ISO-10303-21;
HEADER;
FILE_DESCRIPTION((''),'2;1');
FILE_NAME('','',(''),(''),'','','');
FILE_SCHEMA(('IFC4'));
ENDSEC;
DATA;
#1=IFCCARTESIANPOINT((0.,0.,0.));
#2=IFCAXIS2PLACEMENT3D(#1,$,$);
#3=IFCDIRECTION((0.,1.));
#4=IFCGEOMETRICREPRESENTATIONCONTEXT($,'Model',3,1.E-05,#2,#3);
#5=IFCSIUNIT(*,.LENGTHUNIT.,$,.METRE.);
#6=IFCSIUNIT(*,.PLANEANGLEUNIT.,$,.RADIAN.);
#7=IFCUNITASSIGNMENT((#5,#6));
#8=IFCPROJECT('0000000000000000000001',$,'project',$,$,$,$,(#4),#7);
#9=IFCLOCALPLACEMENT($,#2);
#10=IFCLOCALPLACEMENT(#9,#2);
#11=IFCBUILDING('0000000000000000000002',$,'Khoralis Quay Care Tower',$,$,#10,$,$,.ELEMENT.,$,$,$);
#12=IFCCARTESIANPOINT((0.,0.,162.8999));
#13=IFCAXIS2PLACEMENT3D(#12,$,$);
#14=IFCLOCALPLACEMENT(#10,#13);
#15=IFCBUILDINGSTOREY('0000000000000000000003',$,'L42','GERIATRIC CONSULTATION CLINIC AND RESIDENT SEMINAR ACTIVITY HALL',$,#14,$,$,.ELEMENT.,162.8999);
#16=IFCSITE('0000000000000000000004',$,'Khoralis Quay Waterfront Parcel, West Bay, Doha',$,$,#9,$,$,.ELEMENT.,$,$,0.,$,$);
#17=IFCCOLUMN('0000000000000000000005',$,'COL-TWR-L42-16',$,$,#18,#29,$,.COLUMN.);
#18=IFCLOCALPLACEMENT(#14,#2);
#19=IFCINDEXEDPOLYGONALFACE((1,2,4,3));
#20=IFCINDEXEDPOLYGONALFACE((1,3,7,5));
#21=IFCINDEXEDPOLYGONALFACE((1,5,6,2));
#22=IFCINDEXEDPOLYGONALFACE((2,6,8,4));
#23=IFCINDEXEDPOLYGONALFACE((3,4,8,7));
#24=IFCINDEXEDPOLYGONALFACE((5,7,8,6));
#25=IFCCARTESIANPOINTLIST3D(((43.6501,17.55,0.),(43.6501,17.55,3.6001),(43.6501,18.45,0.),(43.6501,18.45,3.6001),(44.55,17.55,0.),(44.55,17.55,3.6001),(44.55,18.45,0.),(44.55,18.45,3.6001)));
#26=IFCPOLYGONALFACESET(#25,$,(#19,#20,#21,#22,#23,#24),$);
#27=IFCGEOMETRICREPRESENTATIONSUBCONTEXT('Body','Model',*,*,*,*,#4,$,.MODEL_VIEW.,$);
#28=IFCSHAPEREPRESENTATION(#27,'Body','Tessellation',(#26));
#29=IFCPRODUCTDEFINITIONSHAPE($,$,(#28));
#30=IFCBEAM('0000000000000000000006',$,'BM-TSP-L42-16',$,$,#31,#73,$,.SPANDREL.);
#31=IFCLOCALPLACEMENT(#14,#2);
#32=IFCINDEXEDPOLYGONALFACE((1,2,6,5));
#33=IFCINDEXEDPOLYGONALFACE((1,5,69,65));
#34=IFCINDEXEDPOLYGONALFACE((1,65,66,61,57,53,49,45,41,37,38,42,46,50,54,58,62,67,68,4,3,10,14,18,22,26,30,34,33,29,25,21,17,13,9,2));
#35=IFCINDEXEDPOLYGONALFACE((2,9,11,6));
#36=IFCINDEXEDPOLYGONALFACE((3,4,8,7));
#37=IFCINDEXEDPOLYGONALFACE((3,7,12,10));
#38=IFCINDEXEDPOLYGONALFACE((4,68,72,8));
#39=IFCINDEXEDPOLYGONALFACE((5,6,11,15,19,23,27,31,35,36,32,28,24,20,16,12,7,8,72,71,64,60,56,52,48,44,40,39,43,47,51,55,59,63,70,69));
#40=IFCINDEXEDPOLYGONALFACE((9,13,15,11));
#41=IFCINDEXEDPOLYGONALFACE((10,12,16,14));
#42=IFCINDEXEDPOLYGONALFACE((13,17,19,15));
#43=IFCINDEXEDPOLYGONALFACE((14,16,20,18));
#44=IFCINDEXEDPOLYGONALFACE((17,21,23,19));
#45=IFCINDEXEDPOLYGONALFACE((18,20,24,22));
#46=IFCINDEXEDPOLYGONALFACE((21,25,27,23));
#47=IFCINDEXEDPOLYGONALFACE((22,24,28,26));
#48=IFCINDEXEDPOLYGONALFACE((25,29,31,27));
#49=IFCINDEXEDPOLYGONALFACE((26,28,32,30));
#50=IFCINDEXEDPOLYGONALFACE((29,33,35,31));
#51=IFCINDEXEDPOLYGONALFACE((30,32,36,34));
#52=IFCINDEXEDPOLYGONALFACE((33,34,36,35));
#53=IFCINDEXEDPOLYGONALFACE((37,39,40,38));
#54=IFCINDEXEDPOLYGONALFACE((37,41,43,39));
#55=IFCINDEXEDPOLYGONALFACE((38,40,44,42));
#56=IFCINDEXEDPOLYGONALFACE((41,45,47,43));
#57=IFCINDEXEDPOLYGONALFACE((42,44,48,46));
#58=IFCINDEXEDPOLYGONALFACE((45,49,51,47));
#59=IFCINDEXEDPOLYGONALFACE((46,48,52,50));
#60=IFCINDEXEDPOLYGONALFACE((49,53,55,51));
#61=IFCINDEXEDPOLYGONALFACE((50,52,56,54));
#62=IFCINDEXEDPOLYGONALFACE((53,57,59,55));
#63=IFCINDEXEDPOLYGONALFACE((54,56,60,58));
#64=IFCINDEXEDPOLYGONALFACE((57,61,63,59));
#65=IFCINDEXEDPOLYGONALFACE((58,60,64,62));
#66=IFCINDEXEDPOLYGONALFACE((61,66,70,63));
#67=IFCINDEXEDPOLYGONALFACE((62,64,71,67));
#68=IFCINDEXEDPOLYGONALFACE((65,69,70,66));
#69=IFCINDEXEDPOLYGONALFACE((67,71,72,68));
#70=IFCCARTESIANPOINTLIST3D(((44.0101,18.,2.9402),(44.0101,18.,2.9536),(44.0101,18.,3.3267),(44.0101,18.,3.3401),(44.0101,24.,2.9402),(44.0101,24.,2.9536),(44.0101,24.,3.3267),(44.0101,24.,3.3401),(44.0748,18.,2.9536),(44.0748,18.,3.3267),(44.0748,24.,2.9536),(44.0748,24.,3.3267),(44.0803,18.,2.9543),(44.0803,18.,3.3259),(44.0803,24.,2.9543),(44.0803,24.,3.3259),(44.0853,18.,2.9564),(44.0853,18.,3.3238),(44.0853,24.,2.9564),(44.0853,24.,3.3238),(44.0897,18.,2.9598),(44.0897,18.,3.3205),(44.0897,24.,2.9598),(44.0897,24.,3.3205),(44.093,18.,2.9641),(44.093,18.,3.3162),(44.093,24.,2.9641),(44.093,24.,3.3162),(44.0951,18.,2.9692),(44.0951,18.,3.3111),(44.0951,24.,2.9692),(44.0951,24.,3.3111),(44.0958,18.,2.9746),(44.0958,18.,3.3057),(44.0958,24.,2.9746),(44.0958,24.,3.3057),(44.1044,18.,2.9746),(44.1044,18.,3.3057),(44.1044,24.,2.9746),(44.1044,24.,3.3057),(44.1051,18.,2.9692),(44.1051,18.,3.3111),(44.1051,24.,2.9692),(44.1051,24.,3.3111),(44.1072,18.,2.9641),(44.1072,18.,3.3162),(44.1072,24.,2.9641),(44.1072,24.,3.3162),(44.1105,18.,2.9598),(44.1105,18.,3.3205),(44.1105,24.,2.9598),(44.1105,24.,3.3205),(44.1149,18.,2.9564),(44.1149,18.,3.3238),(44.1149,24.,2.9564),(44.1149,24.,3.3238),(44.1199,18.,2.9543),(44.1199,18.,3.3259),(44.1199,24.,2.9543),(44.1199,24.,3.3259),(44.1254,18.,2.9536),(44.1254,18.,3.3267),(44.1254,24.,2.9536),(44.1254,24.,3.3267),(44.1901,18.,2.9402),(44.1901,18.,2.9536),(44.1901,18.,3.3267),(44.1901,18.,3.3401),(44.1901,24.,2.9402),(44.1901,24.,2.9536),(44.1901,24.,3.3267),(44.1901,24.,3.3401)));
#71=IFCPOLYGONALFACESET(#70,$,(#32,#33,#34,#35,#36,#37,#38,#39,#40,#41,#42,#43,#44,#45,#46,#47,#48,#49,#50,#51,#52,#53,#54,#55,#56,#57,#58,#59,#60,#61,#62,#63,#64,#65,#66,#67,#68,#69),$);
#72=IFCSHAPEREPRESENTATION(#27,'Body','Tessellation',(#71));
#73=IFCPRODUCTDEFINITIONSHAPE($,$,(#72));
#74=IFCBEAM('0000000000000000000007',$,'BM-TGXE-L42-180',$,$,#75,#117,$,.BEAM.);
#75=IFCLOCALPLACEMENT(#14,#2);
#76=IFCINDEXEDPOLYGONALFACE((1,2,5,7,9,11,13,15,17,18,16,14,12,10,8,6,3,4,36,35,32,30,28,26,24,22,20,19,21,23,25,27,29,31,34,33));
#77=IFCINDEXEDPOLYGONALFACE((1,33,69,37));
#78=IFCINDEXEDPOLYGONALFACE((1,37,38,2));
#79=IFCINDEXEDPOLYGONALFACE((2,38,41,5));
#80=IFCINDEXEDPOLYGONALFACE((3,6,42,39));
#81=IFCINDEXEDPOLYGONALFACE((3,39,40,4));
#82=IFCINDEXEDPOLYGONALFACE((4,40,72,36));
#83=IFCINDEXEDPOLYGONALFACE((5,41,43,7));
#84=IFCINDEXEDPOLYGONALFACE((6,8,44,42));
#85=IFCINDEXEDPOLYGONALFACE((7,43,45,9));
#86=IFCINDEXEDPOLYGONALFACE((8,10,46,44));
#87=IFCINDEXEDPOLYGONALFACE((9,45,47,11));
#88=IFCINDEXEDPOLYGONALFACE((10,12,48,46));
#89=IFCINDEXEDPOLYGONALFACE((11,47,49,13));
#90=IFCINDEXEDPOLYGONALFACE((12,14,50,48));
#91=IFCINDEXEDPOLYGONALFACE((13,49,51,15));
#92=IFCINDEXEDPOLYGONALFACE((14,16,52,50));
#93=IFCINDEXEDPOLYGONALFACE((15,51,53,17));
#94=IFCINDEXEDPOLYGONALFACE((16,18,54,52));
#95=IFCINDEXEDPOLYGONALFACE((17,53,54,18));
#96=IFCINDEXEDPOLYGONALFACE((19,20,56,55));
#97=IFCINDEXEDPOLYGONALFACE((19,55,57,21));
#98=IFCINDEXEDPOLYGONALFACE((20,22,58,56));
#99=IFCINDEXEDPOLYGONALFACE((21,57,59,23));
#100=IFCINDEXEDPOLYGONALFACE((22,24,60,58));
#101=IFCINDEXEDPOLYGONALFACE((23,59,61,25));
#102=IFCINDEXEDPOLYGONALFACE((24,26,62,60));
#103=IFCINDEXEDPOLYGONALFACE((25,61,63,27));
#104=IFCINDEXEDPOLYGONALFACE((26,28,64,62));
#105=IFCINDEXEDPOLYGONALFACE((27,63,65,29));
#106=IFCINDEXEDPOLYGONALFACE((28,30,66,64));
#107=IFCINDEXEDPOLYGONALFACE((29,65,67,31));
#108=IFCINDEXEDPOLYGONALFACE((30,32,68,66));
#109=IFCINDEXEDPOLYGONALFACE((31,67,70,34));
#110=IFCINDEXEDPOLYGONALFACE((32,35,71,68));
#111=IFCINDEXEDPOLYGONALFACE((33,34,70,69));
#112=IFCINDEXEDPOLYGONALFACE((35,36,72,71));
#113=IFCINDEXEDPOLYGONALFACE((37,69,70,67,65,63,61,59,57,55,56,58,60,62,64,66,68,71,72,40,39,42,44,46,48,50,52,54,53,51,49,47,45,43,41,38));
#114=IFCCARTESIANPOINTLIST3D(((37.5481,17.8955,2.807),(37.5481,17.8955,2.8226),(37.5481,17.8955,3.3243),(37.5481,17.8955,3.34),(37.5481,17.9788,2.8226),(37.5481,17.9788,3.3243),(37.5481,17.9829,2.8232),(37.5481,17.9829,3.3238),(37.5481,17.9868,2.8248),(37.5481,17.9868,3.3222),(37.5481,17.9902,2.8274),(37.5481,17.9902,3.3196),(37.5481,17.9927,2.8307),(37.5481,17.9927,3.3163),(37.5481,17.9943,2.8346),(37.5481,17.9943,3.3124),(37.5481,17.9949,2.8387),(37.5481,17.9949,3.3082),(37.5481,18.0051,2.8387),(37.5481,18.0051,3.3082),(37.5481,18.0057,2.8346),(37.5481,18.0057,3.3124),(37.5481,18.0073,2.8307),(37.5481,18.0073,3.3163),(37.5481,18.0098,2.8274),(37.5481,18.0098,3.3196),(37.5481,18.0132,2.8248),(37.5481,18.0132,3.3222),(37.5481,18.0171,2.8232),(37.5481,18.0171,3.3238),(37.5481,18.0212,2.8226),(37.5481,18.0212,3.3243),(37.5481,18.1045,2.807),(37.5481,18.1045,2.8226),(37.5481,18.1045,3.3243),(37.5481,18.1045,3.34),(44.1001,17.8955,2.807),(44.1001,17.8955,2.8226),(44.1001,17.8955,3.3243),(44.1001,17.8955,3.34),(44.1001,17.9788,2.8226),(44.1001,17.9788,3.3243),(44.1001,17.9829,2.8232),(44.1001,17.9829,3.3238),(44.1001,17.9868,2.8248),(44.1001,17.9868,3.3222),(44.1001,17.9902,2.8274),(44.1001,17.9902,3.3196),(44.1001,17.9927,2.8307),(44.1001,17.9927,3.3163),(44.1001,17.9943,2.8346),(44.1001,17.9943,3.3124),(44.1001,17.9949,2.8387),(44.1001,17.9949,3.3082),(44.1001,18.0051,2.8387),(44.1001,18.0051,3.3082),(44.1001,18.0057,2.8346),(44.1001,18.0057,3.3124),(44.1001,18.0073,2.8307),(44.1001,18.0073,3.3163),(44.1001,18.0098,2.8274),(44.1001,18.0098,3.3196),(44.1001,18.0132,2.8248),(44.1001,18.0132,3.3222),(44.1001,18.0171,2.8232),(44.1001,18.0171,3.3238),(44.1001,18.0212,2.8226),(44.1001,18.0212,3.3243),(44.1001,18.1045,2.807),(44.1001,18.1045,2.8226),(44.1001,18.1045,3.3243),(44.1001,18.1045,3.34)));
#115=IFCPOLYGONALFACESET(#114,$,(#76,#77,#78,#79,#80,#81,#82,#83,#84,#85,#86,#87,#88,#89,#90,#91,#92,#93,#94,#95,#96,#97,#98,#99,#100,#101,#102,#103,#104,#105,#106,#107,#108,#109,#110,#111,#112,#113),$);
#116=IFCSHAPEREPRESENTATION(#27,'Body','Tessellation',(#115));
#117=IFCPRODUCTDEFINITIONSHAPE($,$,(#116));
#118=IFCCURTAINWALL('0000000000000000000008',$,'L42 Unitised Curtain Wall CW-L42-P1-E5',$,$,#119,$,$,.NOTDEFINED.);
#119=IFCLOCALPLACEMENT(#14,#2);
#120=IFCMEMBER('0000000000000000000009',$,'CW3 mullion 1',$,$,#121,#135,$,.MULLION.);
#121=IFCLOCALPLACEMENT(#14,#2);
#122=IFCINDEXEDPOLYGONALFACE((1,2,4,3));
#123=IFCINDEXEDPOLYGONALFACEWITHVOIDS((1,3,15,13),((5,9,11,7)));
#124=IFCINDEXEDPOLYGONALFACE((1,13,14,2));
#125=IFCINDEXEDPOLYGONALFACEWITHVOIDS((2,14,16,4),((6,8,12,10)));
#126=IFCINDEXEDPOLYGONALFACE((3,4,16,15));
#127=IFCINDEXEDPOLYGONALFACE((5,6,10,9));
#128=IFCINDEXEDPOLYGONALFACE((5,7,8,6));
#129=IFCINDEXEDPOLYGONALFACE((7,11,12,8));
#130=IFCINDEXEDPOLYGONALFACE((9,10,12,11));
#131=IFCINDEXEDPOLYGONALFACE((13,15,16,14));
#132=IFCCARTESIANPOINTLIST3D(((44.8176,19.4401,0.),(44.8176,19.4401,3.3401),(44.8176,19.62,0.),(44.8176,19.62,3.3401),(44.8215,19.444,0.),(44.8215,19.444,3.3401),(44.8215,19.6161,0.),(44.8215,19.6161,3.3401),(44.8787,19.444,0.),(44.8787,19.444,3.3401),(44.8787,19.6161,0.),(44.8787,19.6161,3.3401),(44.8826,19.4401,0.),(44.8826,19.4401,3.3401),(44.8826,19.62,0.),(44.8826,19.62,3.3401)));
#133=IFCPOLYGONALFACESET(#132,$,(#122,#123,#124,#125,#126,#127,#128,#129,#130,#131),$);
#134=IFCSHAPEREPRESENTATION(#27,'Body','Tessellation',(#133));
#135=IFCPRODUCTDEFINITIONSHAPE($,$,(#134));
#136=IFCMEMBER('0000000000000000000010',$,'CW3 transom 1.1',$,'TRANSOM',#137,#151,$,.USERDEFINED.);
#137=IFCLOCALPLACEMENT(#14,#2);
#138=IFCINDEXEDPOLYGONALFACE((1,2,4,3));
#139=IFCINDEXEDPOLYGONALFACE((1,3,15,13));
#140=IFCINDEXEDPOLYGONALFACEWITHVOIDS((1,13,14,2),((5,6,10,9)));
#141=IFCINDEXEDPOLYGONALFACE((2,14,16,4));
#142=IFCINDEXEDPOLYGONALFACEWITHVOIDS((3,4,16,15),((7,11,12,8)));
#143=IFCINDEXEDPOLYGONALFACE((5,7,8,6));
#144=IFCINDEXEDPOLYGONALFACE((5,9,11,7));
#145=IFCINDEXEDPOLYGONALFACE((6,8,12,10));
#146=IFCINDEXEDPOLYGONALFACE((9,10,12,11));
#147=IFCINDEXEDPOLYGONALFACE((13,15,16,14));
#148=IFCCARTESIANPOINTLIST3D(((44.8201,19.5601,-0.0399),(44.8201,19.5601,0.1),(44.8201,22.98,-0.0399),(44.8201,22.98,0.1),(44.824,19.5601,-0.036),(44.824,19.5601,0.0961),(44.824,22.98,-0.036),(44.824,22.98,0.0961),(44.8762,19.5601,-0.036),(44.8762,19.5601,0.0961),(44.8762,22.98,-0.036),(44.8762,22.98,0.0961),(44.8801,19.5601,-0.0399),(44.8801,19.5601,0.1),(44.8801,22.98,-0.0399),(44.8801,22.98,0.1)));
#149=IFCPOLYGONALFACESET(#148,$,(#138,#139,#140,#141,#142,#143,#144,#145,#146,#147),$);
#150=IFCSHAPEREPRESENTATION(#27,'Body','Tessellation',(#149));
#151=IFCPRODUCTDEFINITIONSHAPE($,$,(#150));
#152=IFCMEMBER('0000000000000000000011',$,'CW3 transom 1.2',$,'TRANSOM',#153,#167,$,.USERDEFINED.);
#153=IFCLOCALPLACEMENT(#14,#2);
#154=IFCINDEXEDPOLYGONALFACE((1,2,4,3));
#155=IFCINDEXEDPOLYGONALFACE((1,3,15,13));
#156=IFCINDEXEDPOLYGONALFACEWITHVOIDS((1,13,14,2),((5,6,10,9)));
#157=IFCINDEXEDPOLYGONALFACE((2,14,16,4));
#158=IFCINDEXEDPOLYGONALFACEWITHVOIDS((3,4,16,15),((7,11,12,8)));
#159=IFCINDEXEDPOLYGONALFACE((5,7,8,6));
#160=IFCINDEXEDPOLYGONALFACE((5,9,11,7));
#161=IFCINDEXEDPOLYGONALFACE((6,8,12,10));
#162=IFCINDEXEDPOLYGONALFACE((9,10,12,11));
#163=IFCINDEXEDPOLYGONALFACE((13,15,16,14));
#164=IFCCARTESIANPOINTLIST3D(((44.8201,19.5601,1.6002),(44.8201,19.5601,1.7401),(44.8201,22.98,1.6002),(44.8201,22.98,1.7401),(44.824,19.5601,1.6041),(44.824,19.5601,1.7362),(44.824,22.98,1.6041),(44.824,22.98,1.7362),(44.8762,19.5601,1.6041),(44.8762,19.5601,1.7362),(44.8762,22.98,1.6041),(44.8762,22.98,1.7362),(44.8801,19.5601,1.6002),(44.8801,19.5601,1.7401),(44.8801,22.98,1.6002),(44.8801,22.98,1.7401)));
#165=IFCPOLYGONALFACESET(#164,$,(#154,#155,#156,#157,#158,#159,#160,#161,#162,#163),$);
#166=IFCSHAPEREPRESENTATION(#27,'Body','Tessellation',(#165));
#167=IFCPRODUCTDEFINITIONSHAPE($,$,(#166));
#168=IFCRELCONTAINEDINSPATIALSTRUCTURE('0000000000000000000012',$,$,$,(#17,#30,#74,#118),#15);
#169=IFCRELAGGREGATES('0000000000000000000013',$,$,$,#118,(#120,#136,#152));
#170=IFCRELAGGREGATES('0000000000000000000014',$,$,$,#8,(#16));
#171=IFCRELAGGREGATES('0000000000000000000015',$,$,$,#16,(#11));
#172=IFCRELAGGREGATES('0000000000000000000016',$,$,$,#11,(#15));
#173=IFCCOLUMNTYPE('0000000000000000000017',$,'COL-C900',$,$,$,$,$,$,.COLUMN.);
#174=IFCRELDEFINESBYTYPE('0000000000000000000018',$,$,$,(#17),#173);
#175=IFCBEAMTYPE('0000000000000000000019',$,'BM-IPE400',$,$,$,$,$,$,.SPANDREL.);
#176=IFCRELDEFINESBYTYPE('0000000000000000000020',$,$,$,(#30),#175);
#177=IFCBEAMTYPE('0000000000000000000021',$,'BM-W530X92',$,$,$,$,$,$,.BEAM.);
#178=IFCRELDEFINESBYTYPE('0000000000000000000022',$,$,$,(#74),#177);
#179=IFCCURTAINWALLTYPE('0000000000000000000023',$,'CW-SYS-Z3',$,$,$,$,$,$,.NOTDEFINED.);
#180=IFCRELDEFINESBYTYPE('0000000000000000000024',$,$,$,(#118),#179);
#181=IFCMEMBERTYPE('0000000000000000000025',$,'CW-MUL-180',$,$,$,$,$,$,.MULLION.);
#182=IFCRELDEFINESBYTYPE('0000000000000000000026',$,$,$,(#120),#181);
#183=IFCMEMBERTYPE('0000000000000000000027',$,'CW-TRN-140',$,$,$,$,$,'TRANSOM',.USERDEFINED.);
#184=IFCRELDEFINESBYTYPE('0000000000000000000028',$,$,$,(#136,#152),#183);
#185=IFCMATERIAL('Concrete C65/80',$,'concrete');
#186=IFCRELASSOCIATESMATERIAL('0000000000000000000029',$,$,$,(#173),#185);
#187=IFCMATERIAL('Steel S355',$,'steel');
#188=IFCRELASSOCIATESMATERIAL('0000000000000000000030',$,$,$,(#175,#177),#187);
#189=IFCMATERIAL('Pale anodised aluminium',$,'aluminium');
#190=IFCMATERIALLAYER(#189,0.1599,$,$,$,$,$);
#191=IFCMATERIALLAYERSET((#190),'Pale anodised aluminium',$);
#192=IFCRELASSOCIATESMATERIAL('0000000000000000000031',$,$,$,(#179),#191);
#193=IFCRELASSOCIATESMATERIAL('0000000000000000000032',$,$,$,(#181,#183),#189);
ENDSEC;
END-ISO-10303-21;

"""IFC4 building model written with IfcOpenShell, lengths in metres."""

from ifc_helpers import new_model, si_unit, direction, frame, origin, origin_2d, place, context, subcontext, project, spatial, rectangle, hollow_rectangle, i_section, extrude, source, transform, mapped, material, layer, layer_set, material_profile, profile_set, type_object, element, aggregate, save


model = new_model("IFC4")

# Units and contexts
model_context = context("Model", 3, precision=1e-05, world=origin(), true_north=direction((0.0, 1.0)))
body_context = subcontext(model_context, "Body", "Model", "MODEL_VIEW")
ifc_project = project(units=[si_unit("LENGTHUNIT", "METRE"), si_unit("PLANEANGLEUNIT", "RADIAN")], contexts=[model_context])

# Site, building, storey
site_placement = place(None, origin())
site = spatial("IfcSite", under=ifc_project, at=site_placement, Name="Khoralis Quay Waterfront Parcel, West Bay, Doha", CompositionType="ELEMENT", RefElevation=0.0)
building_placement = place(site_placement, origin())
building = spatial("IfcBuilding", under=site, at=building_placement, Name="Khoralis Quay Care Tower", CompositionType="ELEMENT")
storey_placement = place(building_placement, frame((0.0, 0.0, 162.8999)))
storey = spatial("IfcBuildingStorey", under=building, at=storey_placement, Name="L42", Description="GERIATRIC CONSULTATION CLINIC AND RESIDENT SEMINAR ACTIVITY HALL", CompositionType="ELEMENT", Elevation=162.8999)

# Column
ifc_material_1 = material(Name="Concrete C65/80", Category="concrete")
ifc_material_profile_1 = material_profile(ifc_material_1, rectangle(XDim=0.8999, YDim=0.8999, at=origin_2d()), Name="Concrete C65/80")
ifc_profile_set_1 = profile_set([ifc_material_profile_1], Name="Concrete C65/80")
column_type = type_object("IfcColumnType", Name="COL-C900", PredefinedType="COLUMN", material=ifc_profile_set_1)
shared_shape_1 = source(origin(), body_context, "Body", "SweptSolid", [
    extrude(rectangle(XDim=0.8999, YDim=0.8999, at=origin_2d()), origin(), (0.0, 0.0, 1.0), 3.6001),
])
column_placement = place(storey_placement, frame((44.1001, 18.0, 0.0), z_axis=(0.0, 0.0, 1.0), x_axis=(1.0, 0.0, 0.0)))
element("IfcColumn", 1, at=column_placement, inside=storey, type_object=column_type, Name="COL-TWR-L42-16", PredefinedType="COLUMN", context=body_context, shape_type="MappedRepresentation", body=[
    mapped(shared_shape_1, transform((0.0, 0.0, 0.0), scale=1.0)),
])

# Beams
ifc_material_2 = material(Name="Steel S355", Category="steel")
ifc_material_profile_2 = material_profile(ifc_material_2, i_section(OverallWidth=0.1799, OverallDepth=0.3999, WebThickness=0.0085, FlangeThickness=0.0134, FilletRadius=0.021, at=origin_2d()), Name="Steel S355")
ifc_profile_set_2 = profile_set([ifc_material_profile_2], Name="Steel S355")
beam_type_1 = type_object("IfcBeamType", Name="BM-IPE400", PredefinedType="SPANDREL", material=ifc_profile_set_2)
shared_shape_2 = source(origin(), body_context, "Body", "SweptSolid", [
    extrude(i_section(OverallWidth=0.1799, OverallDepth=0.3999, WebThickness=0.0085, FlangeThickness=0.0134, FilletRadius=0.021, at=origin_2d()), origin(), (0.0, 0.0, 1.0), 6.0),
])
beam_1_placement = place(storey_placement, frame((44.1001, 18.0, 3.1401), z_axis=(0.0, 1.0, 0.0), x_axis=(-1.0, 0.0, 0.0)))
element("IfcBeam", 2, at=beam_1_placement, inside=storey, type_object=beam_type_1, Name="BM-TSP-L42-16", PredefinedType="SPANDREL", context=body_context, shape_type="MappedRepresentation", body=[
    mapped(shared_shape_2, transform((0.0, 0.0, 0.0), scale=1.0)),
])
ifc_material_profile_3 = material_profile(ifc_material_2, i_section(OverallWidth=0.209, OverallDepth=0.533, WebThickness=0.0103, FlangeThickness=0.0156, FilletRadius=0.0161, at=origin_2d()), Name="Steel S355")
ifc_profile_set_3 = profile_set([ifc_material_profile_3], Name="Steel S355")
beam_type_2 = type_object("IfcBeamType", Name="BM-W530X92", PredefinedType="BEAM", material=ifc_profile_set_3)
shared_shape_3 = source(origin(), body_context, "Body", "SweptSolid", [
    extrude(i_section(OverallWidth=0.209, OverallDepth=0.533, WebThickness=0.0103, FlangeThickness=0.0156, FilletRadius=0.0161, at=origin_2d()), origin(), (0.0, 0.0, 1.0), 6.552),
])
beam_2_placement = place(storey_placement, frame((37.5481, 18.0, 3.0735), z_axis=(1.0, 0.0, 0.0), x_axis=(0.0, 1.0, 0.0)))
element("IfcBeam", 3, at=beam_2_placement, inside=storey, type_object=beam_type_2, Name="BM-TGXE-L42-180", PredefinedType="BEAM", context=body_context, shape_type="MappedRepresentation", body=[
    mapped(shared_shape_3, transform((0.0, 0.0, 0.0), scale=1.0)),
])

# Curtain wall, members
ifc_material_3 = material(Name="Pale anodised aluminium", Category="aluminium")
ifc_layer_1 = layer(ifc_material_3, 0.1599)
ifc_layer_set_1 = layer_set([ifc_layer_1], Name="Pale anodised aluminium")
curtain_wall_type = type_object("IfcCurtainWallType", Name="CW-SYS-Z3", PredefinedType="NOTDEFINED", material=ifc_layer_set_1)
curtain_wall_placement = place(storey_placement, origin())
curtain_wall = element("IfcCurtainWall", 4, at=curtain_wall_placement, inside=storey, type_object=curtain_wall_type, Name="L42 Unitised Curtain Wall CW-L42-P1-E5", PredefinedType="NOTDEFINED")
ifc_material_profile_4 = material_profile(ifc_material_3, hollow_rectangle(XDim=0.0649, YDim=0.1799, WallThickness=0.0039, at=origin_2d()), Name="Pale anodised aluminium")
ifc_profile_set_4 = profile_set([ifc_material_profile_4], Name="Pale anodised aluminium")
member_type_1 = type_object("IfcMemberType", Name="CW-MUL-180", PredefinedType="MULLION", material=ifc_profile_set_4)
shared_shape_4 = source(origin(), body_context, "Body", "SweptSolid", [
    extrude(hollow_rectangle(XDim=0.0649, YDim=0.1799, WallThickness=0.0039, at=origin_2d()), origin(), (0.0, 0.0, 1.0), 3.3401),
])
member_1_placement = place(storey_placement, frame((44.8501, 19.53, 0.0), z_axis=(0.0, 0.0, 1.0), x_axis=(-1.0, 0.0, 0.0)))
member_1 = element("IfcMember", 5, at=member_1_placement, type_object=member_type_1, Name="CW3 mullion 1", PredefinedType="MULLION", context=body_context, shape_type="MappedRepresentation", body=[
    mapped(shared_shape_4, transform((0.0, 0.0, 0.0), scale=1.0)),
])
ifc_material_profile_5 = material_profile(ifc_material_3, hollow_rectangle(XDim=0.0601, YDim=0.1399, WallThickness=0.0039, at=origin_2d()), Name="Pale anodised aluminium")
ifc_profile_set_5 = profile_set([ifc_material_profile_5], Name="Pale anodised aluminium")
member_type_2 = type_object("IfcMemberType", Name="CW-TRN-140", ElementType="TRANSOM", PredefinedType="USERDEFINED", material=ifc_profile_set_5)
shared_shape_5 = source(origin(), body_context, "Body", "SweptSolid", [
    extrude(hollow_rectangle(XDim=0.0601, YDim=0.1399, WallThickness=0.0039, at=origin_2d()), origin(), (0.0, 0.0, 1.0), 3.4199),
])
member_2_placement = place(storey_placement, frame((44.8501, 19.5601, 0.03), z_axis=(0.0, 1.0, 0.0), x_axis=(-1.0, 0.0, 0.0)))
member_2 = element("IfcMember", 6, at=member_2_placement, type_object=member_type_2, Name="CW3 transom 1.1", ObjectType="TRANSOM", PredefinedType="USERDEFINED", context=body_context, shape_type="MappedRepresentation", body=[
    mapped(shared_shape_5, transform((0.0, 0.0, 0.0), scale=1.0)),
])
member_3_placement = place(storey_placement, frame((44.8501, 19.5601, 1.6702), z_axis=(0.0, 1.0, 0.0), x_axis=(-1.0, 0.0, 0.0)))
member_3 = element("IfcMember", 7, at=member_3_placement, type_object=member_type_2, Name="CW3 transom 1.2", ObjectType="TRANSOM", PredefinedType="USERDEFINED", context=body_context, shape_type="MappedRepresentation", body=[
    mapped(shared_shape_5, transform((0.0, 0.0, 0.0), scale=1.0)),
])
aggregate(curtain_wall, [member_1, member_2, member_3])

save(model, "model.ifc")
